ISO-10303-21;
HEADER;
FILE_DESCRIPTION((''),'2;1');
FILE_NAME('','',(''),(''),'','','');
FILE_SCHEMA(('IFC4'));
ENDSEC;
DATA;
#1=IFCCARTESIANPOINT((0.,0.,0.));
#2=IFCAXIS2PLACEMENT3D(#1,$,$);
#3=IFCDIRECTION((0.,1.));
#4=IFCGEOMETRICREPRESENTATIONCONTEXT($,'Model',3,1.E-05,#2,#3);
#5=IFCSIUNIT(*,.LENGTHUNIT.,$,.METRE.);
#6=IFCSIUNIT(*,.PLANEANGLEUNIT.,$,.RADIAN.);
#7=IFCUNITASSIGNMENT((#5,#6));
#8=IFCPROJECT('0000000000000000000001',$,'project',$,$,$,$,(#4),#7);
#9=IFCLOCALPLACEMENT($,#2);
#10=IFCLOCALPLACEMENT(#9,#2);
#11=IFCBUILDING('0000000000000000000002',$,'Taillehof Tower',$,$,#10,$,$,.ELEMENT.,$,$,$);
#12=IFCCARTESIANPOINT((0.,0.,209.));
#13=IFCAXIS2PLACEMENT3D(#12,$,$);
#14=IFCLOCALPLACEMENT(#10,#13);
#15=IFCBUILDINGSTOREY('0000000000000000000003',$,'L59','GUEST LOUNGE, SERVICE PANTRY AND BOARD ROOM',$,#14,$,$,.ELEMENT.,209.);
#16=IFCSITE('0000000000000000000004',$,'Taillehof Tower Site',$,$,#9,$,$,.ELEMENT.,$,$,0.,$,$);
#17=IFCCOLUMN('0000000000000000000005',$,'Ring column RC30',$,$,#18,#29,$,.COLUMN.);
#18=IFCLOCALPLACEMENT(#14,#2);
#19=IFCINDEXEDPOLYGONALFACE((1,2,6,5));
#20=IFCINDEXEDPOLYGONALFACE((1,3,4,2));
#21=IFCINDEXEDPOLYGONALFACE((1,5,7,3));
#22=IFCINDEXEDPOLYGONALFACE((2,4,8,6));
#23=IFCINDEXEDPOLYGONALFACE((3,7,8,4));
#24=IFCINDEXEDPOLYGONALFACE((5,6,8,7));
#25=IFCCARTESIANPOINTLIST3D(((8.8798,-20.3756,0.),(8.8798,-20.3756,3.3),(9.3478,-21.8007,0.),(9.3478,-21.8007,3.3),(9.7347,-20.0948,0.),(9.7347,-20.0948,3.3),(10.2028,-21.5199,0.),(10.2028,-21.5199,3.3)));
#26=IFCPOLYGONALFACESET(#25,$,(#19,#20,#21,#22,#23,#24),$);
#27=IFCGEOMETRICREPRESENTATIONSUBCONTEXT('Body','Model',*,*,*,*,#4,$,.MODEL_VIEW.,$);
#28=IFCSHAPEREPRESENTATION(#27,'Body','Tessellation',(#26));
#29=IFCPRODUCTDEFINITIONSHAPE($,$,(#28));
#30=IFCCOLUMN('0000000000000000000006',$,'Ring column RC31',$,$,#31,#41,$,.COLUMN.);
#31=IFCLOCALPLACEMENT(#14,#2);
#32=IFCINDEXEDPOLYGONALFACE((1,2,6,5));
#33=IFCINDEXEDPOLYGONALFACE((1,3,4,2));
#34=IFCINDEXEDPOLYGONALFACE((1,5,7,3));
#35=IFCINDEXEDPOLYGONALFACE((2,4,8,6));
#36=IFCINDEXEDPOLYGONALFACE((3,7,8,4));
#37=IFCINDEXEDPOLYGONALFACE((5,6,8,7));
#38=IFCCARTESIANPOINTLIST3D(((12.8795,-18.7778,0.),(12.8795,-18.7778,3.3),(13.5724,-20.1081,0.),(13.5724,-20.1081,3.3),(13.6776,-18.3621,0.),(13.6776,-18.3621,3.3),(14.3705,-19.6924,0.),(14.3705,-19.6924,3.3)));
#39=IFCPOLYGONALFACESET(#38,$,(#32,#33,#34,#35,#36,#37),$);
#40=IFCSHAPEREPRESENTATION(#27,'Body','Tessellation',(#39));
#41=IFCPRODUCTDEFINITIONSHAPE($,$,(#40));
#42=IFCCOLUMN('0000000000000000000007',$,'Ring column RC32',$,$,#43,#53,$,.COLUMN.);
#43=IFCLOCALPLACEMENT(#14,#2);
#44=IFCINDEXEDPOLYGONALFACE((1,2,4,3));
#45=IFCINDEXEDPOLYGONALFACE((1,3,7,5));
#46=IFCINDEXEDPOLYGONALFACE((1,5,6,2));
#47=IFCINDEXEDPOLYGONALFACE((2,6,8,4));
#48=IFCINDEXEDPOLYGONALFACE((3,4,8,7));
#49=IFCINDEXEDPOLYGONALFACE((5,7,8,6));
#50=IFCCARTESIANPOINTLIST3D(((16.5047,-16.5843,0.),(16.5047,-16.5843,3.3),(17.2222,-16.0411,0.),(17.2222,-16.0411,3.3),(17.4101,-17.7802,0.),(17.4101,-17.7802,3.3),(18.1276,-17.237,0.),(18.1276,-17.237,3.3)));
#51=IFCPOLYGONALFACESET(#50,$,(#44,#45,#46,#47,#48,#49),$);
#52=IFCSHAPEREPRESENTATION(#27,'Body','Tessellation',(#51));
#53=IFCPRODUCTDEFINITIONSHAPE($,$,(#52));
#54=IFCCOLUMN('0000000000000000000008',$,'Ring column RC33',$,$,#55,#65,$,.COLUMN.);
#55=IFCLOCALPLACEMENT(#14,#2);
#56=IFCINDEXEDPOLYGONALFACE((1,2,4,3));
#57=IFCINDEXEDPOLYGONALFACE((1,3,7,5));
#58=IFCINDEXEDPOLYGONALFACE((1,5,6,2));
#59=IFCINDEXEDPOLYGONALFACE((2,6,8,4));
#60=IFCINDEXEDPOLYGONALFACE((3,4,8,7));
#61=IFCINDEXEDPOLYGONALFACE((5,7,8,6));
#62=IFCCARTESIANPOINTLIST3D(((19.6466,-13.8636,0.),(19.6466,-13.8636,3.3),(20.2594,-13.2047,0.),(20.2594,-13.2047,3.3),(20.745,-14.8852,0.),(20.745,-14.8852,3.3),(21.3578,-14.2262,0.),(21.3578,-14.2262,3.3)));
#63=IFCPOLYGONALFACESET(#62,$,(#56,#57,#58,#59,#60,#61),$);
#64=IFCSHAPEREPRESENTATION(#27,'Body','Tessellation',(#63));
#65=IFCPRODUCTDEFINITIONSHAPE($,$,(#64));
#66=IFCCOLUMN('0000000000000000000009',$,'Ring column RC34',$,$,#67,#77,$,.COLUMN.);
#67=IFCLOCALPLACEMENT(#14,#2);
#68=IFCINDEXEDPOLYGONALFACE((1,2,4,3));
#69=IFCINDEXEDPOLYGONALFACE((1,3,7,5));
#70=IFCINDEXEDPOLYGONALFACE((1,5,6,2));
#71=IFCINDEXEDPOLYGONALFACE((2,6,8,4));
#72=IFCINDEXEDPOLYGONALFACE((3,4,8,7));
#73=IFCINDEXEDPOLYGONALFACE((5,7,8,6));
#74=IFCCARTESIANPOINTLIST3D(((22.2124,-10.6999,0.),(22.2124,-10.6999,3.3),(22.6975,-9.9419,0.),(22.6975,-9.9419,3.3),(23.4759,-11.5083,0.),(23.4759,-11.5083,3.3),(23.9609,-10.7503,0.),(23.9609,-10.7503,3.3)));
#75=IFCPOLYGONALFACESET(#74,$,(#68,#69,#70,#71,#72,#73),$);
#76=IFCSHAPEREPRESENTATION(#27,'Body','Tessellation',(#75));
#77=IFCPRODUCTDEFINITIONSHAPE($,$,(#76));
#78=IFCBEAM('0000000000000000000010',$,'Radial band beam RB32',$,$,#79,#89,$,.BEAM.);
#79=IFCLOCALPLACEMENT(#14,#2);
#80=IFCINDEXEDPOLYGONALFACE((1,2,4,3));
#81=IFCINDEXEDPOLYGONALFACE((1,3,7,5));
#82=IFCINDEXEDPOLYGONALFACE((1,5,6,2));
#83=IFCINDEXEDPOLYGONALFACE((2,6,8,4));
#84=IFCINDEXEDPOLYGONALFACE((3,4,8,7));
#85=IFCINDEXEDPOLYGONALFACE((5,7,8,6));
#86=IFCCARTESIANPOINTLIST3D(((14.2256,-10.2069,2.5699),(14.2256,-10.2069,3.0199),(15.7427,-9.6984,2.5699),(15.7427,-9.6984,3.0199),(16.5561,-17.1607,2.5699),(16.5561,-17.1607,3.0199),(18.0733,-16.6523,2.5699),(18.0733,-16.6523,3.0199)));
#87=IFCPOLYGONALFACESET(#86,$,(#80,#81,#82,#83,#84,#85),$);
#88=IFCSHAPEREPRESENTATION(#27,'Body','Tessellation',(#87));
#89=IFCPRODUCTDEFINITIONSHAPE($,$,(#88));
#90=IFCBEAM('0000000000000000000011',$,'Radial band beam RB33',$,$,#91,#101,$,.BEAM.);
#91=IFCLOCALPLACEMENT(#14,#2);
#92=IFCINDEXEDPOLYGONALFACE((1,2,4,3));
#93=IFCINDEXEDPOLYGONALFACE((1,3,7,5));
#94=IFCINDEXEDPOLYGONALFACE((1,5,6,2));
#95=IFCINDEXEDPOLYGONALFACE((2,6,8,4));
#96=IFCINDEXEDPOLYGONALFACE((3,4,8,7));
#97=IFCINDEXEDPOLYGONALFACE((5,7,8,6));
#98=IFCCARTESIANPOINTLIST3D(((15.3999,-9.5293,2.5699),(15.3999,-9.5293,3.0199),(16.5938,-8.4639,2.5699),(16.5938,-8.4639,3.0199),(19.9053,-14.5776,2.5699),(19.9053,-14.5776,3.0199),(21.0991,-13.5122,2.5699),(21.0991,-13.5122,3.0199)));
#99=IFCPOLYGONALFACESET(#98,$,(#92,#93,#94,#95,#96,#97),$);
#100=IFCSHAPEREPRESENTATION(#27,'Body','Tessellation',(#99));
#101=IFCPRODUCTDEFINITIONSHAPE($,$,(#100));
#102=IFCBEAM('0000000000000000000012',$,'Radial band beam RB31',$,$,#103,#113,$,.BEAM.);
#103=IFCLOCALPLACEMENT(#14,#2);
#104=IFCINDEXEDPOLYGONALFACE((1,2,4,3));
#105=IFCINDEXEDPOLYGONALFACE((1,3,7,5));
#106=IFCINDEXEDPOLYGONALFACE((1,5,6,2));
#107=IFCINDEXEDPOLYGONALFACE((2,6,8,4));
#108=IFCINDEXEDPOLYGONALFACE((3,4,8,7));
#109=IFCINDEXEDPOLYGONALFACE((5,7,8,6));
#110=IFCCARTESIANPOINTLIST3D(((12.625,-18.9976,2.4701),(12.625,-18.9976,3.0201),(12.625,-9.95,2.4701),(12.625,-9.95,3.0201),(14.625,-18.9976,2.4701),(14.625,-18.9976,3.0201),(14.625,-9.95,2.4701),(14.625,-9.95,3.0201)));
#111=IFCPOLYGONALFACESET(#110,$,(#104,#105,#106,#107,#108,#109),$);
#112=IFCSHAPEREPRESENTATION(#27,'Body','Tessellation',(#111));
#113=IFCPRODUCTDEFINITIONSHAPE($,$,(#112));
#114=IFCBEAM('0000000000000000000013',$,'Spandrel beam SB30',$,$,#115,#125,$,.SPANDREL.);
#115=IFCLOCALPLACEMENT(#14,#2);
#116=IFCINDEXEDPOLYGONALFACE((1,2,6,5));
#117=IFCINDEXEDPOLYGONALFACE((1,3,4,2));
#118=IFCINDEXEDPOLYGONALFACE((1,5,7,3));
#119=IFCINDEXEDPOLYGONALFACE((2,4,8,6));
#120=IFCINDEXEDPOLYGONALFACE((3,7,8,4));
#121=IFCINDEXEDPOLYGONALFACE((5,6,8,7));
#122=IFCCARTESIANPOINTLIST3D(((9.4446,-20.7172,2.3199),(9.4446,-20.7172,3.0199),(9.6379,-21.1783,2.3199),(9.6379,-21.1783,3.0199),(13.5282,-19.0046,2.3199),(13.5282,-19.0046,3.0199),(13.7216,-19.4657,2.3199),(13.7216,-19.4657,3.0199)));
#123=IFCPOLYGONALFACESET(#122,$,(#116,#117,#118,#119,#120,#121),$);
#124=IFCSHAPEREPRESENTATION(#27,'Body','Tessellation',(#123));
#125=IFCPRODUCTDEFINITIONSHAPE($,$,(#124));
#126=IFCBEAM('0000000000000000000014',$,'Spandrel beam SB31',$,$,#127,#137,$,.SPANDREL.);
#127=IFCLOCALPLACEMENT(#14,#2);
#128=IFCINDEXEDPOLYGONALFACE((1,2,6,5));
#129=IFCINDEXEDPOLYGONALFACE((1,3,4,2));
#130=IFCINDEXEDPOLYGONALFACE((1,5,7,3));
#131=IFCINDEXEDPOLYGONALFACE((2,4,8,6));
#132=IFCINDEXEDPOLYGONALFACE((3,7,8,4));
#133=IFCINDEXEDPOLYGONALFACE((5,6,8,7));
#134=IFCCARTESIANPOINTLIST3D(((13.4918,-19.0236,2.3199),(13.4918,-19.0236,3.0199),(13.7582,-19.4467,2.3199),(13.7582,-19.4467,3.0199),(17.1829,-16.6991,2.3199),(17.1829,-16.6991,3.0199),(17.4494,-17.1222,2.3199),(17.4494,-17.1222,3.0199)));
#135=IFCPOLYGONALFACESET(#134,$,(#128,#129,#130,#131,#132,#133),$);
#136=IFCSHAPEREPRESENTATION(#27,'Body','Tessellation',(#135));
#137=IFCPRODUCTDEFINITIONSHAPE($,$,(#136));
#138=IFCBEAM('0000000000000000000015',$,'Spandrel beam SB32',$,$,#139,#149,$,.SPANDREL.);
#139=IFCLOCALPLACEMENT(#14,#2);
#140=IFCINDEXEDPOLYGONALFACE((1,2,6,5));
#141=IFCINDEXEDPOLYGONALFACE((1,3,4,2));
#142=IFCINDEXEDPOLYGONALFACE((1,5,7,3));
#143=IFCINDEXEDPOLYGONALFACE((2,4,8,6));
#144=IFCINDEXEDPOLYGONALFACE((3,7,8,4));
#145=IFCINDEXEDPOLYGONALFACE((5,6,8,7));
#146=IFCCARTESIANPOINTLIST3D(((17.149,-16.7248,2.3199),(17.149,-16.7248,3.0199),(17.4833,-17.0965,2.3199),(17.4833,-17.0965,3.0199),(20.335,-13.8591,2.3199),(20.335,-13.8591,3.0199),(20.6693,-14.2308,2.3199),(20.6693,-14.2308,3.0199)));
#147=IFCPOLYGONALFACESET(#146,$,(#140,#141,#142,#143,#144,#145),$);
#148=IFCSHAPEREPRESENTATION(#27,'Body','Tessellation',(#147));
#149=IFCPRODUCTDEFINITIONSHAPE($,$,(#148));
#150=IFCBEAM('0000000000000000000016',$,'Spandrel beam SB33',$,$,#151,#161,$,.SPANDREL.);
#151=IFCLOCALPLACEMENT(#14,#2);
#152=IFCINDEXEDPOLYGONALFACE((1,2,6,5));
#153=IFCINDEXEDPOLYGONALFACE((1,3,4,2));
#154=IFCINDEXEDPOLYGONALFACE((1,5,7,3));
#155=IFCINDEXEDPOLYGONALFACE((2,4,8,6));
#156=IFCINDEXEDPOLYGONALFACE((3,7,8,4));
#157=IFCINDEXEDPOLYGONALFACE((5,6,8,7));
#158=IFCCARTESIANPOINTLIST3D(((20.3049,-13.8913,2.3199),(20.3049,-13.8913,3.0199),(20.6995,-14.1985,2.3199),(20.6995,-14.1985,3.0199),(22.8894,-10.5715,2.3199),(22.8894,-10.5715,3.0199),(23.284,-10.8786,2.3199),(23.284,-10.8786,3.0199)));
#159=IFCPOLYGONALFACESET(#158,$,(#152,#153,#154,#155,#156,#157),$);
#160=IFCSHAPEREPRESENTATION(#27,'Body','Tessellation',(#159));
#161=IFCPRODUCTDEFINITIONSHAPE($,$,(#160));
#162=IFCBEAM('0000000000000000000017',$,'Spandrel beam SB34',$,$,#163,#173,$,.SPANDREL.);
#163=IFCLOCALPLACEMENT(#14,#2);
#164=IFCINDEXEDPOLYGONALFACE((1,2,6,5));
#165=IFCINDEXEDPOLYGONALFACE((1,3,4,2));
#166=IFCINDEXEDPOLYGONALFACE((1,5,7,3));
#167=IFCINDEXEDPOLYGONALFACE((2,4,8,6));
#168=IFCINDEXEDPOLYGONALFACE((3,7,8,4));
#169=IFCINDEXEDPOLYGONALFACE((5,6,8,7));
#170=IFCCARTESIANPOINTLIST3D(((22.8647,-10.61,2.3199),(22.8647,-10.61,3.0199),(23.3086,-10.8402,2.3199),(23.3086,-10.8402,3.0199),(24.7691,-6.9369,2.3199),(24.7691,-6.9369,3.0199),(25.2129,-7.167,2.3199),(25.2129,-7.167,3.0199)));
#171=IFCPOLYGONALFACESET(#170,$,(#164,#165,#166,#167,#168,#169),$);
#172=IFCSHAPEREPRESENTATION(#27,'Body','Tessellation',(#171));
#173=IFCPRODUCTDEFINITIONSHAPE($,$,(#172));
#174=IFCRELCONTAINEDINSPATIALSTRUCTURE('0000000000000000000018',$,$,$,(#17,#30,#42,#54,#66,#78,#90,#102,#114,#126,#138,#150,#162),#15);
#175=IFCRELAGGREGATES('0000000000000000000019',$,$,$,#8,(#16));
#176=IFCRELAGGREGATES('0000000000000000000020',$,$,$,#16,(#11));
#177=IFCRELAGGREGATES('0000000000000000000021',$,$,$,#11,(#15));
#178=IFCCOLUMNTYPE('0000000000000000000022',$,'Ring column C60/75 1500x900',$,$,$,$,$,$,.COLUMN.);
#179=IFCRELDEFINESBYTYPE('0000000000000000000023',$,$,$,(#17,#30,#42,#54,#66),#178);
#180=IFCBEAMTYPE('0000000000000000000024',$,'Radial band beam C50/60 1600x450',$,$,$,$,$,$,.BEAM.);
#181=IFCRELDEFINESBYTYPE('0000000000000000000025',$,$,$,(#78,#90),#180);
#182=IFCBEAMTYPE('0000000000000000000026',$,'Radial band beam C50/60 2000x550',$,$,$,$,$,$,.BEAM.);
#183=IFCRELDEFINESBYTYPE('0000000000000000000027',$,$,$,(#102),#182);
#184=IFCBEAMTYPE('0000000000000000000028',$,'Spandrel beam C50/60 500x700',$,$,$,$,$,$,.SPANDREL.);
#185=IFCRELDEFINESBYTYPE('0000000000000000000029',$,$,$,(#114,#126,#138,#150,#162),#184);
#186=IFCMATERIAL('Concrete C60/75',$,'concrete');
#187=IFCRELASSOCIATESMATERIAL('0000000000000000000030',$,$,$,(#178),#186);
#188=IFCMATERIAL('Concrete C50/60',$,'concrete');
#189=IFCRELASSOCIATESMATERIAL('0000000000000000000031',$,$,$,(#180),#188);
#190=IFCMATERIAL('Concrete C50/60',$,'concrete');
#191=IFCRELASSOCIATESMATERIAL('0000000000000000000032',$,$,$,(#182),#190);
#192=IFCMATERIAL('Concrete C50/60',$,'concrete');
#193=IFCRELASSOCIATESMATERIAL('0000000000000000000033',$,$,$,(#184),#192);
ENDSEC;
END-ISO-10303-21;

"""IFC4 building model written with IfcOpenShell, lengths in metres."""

from ifc_helpers import new_model, si_unit, direction, frame, origin, origin_2d, place, context, subcontext, project, spatial, rectangle, extrude, material, material_profile, profile_set, type_object, element, save


model = new_model("IFC4")

# Units and contexts
model_context = context("Model", 3, precision=1e-05, world=origin(), true_north=direction((0.0, 1.0)))
body_context = subcontext(model_context, "Body", "Model", "MODEL_VIEW")
ifc_project = project(units=[si_unit("LENGTHUNIT", "METRE"), si_unit("PLANEANGLEUNIT", "RADIAN")], contexts=[model_context])

# Site, building, storey
site_placement = place(None, origin())
site = spatial("IfcSite", under=ifc_project, at=site_placement, Name="Taillehof Tower Site", CompositionType="ELEMENT", RefElevation=0.0)
building_placement = place(site_placement, origin())
building = spatial("IfcBuilding", under=site, at=building_placement, Name="Taillehof Tower", CompositionType="ELEMENT")
storey_placement = place(building_placement, frame((0.0, 0.0, 209.0)))
storey = spatial("IfcBuildingStorey", under=building, at=storey_placement, Name="L59", Description="GUEST LOUNGE, SERVICE PANTRY AND BOARD ROOM", CompositionType="ELEMENT", Elevation=209.0)

# Columns
ifc_material_1 = material(Name="Concrete C60/75", Category="concrete")
ifc_material_profile_1 = material_profile(ifc_material_1, rectangle(XDim=1.5, YDim=0.8999, at=origin_2d()), Name="RC 1500x900")
ifc_profile_set_1 = profile_set([ifc_material_profile_1], Name="Concrete C60/75")
column_type = type_object("IfcColumnType", Name="Ring column C60/75 1500x900", PredefinedType="COLUMN", material=ifc_profile_set_1)
for number, where, z_axis, x_axis, name in (
    (1, (9.5413, -20.9478, 0.0), (0.0, 0.0, 1.0), (0.312001, -0.950082, 0.0), "Ring column RC30"),
    (2, (13.625, -19.2351, 0.0), (0.0, 0.0, 1.0), (0.461993, -0.886883, 0.0), "Ring column RC31"),
    (3, (17.3162, -16.9106, 0.0), (0.0, 0.0, 1.0), (0.603608, -0.797281, 0.0), "Ring column RC32"),
    (4, (20.5022, -14.0449, 0.0), (0.0, 0.0, 1.0), (0.732271, -0.681013, 0.0), "Ring column RC33"),
    (5, (23.0867, -10.7251, 0.0), (0.0, 0.0, 1.0), (0.842311, -0.538992, 0.0), "Ring column RC34"),
):
    element("IfcColumn", number, at=place(storey_placement, frame(where, z_axis=z_axis, x_axis=x_axis)), inside=storey, type_object=column_type, Name=name, PredefinedType="COLUMN", context=body_context, shape_type="SweptSolid", body=[
        extrude(rectangle(XDim=1.5, YDim=0.8999, at=origin_2d()), origin(), (0.0, 0.0, 1.0), 3.3),
    ])

# Beams
ifc_material_2 = material(Name="Concrete C50/60", Category="concrete")
ifc_material_profile_2 = material_profile(ifc_material_2, rectangle(XDim=1.6001, YDim=0.45, at=origin_2d()), Name="RC 1600x450")
ifc_profile_set_2 = profile_set([ifc_material_profile_2], Name="Concrete C50/60")
beam_type_1 = type_object("IfcBeamType", Name="Radial band beam C50/60 1600x450", PredefinedType="BEAM", material=ifc_profile_set_2)
beam_1_placement = place(storey_placement, frame((17.3147, -16.9065, 2.7949), z_axis=(-0.317775, 0.948166, 0.0), x_axis=(-0.948166, -0.317775, 0.0)))
element("IfcBeam", 6, at=beam_1_placement, inside=storey, type_object=beam_type_1, Name="Radial band beam RB32", PredefinedType="BEAM", context=body_context, shape_type="SweptSolid", body=[
    extrude(rectangle(XDim=1.6001, YDim=0.45, at=origin_2d()), origin(), (0.0, 0.0, 1.0), 7.334),
])
beam_2_placement = place(storey_placement, frame((20.5022, -14.0449, 2.7949), z_axis=(-0.665845, 0.74609, 0.0), x_axis=(-0.74609, -0.665845, 0.0)))
element("IfcBeam", 7, at=beam_2_placement, inside=storey, type_object=beam_type_1, Name="Radial band beam RB33", PredefinedType="BEAM", context=body_context, shape_type="SweptSolid", body=[
    extrude(rectangle(XDim=1.6001, YDim=0.45, at=origin_2d()), origin(), (0.0, 0.0, 1.0), 6.7664),
])
ifc_material_3 = material(Name="Concrete C50/60", Category="concrete")
ifc_material_profile_3 = material_profile(ifc_material_3, rectangle(XDim=2.0, YDim=0.55, at=origin_2d()), Name="RC 2000x550")
ifc_profile_set_3 = profile_set([ifc_material_profile_3], Name="Concrete C50/60")
beam_type_2 = type_object("IfcBeamType", Name="Radial band beam C50/60 2000x550", PredefinedType="BEAM", material=ifc_profile_set_3)
beam_3_placement = place(storey_placement, frame((13.625, -18.9976, 2.7451), z_axis=(0.0, 1.0, 0.0), x_axis=(-1.0, 0.0, 0.0)))
element("IfcBeam", 8, at=beam_3_placement, inside=storey, type_object=beam_type_2, Name="Radial band beam RB31", PredefinedType="BEAM", context=body_context, shape_type="SweptSolid", body=[
    extrude(rectangle(XDim=2.0, YDim=0.55, at=origin_2d()), origin(), (0.0, 0.0, 1.0), 9.0476),
])
ifc_material_4 = material(Name="Concrete C50/60", Category="concrete")
ifc_material_profile_4 = material_profile(ifc_material_4, rectangle(XDim=0.5, YDim=0.7, at=origin_2d()), Name="RC 500x700")
ifc_profile_set_4 = profile_set([ifc_material_profile_4], Name="Concrete C50/60")
beam_type_3 = type_object("IfcBeamType", Name="Spandrel beam C50/60 500x700", PredefinedType="SPANDREL", material=ifc_profile_set_4)
beam_4_placement = place(storey_placement, frame((9.5413, -20.9478, 2.6699), z_axis=(0.922186, 0.386748, 0.0), x_axis=(-0.386748, 0.922186, 0.0)))
element("IfcBeam", 9, at=beam_4_placement, inside=storey, type_object=beam_type_3, Name="Spandrel beam SB30", PredefinedType="SPANDREL", context=body_context, shape_type="SweptSolid", body=[
    extrude(rectangle(XDim=0.5, YDim=0.7, at=origin_2d()), origin(), (0.0, 0.0, 1.0), 4.4282),
])
beam_5_placement = place(storey_placement, frame((13.625, -19.2351, 2.6699), z_axis=(0.846192, 0.532879, 0.0), x_axis=(-0.532879, 0.846192, 0.0)))
element("IfcBeam", 10, at=beam_5_placement, inside=storey, type_object=beam_type_3, Name="Spandrel beam SB31", PredefinedType="SPANDREL", context=body_context, shape_type="SweptSolid", body=[
    extrude(rectangle(XDim=0.5, YDim=0.7, at=origin_2d()), origin(), (0.0, 0.0, 1.0), 4.3621),
])
beam_6_placement = place(storey_placement, frame((17.3162, -16.9106, 2.6699), z_axis=(0.743492, 0.668744, 0.0), x_axis=(-0.668744, 0.743492, 0.0)))
element("IfcBeam", 11, at=beam_6_placement, inside=storey, type_object=beam_type_3, Name="Spandrel beam SB32", PredefinedType="SPANDREL", context=body_context, shape_type="SweptSolid", body=[
    extrude(rectangle(XDim=0.5, YDim=0.7, at=origin_2d()), origin(), (0.0, 0.0, 1.0), 4.2852),
])
beam_7_placement = place(storey_placement, frame((20.5022, -14.0449, 2.6699), z_axis=(0.614294, 0.789077, 0.0), x_axis=(-0.789077, 0.614294, 0.0)))
element("IfcBeam", 12, at=beam_7_placement, inside=storey, type_object=beam_type_3, Name="Spandrel beam SB33", PredefinedType="SPANDREL", context=body_context, shape_type="SweptSolid", body=[
    extrude(rectangle(XDim=0.5, YDim=0.7, at=origin_2d()), origin(), (0.0, 0.0, 1.0), 4.2073),
])
beam_8_placement = place(storey_placement, frame((23.0867, -10.7251, 2.6699), z_axis=(0.460265, 0.887781, 0.0), x_axis=(-0.887781, 0.460265, 0.0)))
element("IfcBeam", 13, at=beam_8_placement, inside=storey, type_object=beam_type_3, Name="Spandrel beam SB34", PredefinedType="SPANDREL", context=body_context, shape_type="SweptSolid", body=[
    extrude(rectangle(XDim=0.5, YDim=0.7, at=origin_2d()), origin(), (0.0, 0.0, 1.0), 4.1375),
])

save(model, "model.ifc")
